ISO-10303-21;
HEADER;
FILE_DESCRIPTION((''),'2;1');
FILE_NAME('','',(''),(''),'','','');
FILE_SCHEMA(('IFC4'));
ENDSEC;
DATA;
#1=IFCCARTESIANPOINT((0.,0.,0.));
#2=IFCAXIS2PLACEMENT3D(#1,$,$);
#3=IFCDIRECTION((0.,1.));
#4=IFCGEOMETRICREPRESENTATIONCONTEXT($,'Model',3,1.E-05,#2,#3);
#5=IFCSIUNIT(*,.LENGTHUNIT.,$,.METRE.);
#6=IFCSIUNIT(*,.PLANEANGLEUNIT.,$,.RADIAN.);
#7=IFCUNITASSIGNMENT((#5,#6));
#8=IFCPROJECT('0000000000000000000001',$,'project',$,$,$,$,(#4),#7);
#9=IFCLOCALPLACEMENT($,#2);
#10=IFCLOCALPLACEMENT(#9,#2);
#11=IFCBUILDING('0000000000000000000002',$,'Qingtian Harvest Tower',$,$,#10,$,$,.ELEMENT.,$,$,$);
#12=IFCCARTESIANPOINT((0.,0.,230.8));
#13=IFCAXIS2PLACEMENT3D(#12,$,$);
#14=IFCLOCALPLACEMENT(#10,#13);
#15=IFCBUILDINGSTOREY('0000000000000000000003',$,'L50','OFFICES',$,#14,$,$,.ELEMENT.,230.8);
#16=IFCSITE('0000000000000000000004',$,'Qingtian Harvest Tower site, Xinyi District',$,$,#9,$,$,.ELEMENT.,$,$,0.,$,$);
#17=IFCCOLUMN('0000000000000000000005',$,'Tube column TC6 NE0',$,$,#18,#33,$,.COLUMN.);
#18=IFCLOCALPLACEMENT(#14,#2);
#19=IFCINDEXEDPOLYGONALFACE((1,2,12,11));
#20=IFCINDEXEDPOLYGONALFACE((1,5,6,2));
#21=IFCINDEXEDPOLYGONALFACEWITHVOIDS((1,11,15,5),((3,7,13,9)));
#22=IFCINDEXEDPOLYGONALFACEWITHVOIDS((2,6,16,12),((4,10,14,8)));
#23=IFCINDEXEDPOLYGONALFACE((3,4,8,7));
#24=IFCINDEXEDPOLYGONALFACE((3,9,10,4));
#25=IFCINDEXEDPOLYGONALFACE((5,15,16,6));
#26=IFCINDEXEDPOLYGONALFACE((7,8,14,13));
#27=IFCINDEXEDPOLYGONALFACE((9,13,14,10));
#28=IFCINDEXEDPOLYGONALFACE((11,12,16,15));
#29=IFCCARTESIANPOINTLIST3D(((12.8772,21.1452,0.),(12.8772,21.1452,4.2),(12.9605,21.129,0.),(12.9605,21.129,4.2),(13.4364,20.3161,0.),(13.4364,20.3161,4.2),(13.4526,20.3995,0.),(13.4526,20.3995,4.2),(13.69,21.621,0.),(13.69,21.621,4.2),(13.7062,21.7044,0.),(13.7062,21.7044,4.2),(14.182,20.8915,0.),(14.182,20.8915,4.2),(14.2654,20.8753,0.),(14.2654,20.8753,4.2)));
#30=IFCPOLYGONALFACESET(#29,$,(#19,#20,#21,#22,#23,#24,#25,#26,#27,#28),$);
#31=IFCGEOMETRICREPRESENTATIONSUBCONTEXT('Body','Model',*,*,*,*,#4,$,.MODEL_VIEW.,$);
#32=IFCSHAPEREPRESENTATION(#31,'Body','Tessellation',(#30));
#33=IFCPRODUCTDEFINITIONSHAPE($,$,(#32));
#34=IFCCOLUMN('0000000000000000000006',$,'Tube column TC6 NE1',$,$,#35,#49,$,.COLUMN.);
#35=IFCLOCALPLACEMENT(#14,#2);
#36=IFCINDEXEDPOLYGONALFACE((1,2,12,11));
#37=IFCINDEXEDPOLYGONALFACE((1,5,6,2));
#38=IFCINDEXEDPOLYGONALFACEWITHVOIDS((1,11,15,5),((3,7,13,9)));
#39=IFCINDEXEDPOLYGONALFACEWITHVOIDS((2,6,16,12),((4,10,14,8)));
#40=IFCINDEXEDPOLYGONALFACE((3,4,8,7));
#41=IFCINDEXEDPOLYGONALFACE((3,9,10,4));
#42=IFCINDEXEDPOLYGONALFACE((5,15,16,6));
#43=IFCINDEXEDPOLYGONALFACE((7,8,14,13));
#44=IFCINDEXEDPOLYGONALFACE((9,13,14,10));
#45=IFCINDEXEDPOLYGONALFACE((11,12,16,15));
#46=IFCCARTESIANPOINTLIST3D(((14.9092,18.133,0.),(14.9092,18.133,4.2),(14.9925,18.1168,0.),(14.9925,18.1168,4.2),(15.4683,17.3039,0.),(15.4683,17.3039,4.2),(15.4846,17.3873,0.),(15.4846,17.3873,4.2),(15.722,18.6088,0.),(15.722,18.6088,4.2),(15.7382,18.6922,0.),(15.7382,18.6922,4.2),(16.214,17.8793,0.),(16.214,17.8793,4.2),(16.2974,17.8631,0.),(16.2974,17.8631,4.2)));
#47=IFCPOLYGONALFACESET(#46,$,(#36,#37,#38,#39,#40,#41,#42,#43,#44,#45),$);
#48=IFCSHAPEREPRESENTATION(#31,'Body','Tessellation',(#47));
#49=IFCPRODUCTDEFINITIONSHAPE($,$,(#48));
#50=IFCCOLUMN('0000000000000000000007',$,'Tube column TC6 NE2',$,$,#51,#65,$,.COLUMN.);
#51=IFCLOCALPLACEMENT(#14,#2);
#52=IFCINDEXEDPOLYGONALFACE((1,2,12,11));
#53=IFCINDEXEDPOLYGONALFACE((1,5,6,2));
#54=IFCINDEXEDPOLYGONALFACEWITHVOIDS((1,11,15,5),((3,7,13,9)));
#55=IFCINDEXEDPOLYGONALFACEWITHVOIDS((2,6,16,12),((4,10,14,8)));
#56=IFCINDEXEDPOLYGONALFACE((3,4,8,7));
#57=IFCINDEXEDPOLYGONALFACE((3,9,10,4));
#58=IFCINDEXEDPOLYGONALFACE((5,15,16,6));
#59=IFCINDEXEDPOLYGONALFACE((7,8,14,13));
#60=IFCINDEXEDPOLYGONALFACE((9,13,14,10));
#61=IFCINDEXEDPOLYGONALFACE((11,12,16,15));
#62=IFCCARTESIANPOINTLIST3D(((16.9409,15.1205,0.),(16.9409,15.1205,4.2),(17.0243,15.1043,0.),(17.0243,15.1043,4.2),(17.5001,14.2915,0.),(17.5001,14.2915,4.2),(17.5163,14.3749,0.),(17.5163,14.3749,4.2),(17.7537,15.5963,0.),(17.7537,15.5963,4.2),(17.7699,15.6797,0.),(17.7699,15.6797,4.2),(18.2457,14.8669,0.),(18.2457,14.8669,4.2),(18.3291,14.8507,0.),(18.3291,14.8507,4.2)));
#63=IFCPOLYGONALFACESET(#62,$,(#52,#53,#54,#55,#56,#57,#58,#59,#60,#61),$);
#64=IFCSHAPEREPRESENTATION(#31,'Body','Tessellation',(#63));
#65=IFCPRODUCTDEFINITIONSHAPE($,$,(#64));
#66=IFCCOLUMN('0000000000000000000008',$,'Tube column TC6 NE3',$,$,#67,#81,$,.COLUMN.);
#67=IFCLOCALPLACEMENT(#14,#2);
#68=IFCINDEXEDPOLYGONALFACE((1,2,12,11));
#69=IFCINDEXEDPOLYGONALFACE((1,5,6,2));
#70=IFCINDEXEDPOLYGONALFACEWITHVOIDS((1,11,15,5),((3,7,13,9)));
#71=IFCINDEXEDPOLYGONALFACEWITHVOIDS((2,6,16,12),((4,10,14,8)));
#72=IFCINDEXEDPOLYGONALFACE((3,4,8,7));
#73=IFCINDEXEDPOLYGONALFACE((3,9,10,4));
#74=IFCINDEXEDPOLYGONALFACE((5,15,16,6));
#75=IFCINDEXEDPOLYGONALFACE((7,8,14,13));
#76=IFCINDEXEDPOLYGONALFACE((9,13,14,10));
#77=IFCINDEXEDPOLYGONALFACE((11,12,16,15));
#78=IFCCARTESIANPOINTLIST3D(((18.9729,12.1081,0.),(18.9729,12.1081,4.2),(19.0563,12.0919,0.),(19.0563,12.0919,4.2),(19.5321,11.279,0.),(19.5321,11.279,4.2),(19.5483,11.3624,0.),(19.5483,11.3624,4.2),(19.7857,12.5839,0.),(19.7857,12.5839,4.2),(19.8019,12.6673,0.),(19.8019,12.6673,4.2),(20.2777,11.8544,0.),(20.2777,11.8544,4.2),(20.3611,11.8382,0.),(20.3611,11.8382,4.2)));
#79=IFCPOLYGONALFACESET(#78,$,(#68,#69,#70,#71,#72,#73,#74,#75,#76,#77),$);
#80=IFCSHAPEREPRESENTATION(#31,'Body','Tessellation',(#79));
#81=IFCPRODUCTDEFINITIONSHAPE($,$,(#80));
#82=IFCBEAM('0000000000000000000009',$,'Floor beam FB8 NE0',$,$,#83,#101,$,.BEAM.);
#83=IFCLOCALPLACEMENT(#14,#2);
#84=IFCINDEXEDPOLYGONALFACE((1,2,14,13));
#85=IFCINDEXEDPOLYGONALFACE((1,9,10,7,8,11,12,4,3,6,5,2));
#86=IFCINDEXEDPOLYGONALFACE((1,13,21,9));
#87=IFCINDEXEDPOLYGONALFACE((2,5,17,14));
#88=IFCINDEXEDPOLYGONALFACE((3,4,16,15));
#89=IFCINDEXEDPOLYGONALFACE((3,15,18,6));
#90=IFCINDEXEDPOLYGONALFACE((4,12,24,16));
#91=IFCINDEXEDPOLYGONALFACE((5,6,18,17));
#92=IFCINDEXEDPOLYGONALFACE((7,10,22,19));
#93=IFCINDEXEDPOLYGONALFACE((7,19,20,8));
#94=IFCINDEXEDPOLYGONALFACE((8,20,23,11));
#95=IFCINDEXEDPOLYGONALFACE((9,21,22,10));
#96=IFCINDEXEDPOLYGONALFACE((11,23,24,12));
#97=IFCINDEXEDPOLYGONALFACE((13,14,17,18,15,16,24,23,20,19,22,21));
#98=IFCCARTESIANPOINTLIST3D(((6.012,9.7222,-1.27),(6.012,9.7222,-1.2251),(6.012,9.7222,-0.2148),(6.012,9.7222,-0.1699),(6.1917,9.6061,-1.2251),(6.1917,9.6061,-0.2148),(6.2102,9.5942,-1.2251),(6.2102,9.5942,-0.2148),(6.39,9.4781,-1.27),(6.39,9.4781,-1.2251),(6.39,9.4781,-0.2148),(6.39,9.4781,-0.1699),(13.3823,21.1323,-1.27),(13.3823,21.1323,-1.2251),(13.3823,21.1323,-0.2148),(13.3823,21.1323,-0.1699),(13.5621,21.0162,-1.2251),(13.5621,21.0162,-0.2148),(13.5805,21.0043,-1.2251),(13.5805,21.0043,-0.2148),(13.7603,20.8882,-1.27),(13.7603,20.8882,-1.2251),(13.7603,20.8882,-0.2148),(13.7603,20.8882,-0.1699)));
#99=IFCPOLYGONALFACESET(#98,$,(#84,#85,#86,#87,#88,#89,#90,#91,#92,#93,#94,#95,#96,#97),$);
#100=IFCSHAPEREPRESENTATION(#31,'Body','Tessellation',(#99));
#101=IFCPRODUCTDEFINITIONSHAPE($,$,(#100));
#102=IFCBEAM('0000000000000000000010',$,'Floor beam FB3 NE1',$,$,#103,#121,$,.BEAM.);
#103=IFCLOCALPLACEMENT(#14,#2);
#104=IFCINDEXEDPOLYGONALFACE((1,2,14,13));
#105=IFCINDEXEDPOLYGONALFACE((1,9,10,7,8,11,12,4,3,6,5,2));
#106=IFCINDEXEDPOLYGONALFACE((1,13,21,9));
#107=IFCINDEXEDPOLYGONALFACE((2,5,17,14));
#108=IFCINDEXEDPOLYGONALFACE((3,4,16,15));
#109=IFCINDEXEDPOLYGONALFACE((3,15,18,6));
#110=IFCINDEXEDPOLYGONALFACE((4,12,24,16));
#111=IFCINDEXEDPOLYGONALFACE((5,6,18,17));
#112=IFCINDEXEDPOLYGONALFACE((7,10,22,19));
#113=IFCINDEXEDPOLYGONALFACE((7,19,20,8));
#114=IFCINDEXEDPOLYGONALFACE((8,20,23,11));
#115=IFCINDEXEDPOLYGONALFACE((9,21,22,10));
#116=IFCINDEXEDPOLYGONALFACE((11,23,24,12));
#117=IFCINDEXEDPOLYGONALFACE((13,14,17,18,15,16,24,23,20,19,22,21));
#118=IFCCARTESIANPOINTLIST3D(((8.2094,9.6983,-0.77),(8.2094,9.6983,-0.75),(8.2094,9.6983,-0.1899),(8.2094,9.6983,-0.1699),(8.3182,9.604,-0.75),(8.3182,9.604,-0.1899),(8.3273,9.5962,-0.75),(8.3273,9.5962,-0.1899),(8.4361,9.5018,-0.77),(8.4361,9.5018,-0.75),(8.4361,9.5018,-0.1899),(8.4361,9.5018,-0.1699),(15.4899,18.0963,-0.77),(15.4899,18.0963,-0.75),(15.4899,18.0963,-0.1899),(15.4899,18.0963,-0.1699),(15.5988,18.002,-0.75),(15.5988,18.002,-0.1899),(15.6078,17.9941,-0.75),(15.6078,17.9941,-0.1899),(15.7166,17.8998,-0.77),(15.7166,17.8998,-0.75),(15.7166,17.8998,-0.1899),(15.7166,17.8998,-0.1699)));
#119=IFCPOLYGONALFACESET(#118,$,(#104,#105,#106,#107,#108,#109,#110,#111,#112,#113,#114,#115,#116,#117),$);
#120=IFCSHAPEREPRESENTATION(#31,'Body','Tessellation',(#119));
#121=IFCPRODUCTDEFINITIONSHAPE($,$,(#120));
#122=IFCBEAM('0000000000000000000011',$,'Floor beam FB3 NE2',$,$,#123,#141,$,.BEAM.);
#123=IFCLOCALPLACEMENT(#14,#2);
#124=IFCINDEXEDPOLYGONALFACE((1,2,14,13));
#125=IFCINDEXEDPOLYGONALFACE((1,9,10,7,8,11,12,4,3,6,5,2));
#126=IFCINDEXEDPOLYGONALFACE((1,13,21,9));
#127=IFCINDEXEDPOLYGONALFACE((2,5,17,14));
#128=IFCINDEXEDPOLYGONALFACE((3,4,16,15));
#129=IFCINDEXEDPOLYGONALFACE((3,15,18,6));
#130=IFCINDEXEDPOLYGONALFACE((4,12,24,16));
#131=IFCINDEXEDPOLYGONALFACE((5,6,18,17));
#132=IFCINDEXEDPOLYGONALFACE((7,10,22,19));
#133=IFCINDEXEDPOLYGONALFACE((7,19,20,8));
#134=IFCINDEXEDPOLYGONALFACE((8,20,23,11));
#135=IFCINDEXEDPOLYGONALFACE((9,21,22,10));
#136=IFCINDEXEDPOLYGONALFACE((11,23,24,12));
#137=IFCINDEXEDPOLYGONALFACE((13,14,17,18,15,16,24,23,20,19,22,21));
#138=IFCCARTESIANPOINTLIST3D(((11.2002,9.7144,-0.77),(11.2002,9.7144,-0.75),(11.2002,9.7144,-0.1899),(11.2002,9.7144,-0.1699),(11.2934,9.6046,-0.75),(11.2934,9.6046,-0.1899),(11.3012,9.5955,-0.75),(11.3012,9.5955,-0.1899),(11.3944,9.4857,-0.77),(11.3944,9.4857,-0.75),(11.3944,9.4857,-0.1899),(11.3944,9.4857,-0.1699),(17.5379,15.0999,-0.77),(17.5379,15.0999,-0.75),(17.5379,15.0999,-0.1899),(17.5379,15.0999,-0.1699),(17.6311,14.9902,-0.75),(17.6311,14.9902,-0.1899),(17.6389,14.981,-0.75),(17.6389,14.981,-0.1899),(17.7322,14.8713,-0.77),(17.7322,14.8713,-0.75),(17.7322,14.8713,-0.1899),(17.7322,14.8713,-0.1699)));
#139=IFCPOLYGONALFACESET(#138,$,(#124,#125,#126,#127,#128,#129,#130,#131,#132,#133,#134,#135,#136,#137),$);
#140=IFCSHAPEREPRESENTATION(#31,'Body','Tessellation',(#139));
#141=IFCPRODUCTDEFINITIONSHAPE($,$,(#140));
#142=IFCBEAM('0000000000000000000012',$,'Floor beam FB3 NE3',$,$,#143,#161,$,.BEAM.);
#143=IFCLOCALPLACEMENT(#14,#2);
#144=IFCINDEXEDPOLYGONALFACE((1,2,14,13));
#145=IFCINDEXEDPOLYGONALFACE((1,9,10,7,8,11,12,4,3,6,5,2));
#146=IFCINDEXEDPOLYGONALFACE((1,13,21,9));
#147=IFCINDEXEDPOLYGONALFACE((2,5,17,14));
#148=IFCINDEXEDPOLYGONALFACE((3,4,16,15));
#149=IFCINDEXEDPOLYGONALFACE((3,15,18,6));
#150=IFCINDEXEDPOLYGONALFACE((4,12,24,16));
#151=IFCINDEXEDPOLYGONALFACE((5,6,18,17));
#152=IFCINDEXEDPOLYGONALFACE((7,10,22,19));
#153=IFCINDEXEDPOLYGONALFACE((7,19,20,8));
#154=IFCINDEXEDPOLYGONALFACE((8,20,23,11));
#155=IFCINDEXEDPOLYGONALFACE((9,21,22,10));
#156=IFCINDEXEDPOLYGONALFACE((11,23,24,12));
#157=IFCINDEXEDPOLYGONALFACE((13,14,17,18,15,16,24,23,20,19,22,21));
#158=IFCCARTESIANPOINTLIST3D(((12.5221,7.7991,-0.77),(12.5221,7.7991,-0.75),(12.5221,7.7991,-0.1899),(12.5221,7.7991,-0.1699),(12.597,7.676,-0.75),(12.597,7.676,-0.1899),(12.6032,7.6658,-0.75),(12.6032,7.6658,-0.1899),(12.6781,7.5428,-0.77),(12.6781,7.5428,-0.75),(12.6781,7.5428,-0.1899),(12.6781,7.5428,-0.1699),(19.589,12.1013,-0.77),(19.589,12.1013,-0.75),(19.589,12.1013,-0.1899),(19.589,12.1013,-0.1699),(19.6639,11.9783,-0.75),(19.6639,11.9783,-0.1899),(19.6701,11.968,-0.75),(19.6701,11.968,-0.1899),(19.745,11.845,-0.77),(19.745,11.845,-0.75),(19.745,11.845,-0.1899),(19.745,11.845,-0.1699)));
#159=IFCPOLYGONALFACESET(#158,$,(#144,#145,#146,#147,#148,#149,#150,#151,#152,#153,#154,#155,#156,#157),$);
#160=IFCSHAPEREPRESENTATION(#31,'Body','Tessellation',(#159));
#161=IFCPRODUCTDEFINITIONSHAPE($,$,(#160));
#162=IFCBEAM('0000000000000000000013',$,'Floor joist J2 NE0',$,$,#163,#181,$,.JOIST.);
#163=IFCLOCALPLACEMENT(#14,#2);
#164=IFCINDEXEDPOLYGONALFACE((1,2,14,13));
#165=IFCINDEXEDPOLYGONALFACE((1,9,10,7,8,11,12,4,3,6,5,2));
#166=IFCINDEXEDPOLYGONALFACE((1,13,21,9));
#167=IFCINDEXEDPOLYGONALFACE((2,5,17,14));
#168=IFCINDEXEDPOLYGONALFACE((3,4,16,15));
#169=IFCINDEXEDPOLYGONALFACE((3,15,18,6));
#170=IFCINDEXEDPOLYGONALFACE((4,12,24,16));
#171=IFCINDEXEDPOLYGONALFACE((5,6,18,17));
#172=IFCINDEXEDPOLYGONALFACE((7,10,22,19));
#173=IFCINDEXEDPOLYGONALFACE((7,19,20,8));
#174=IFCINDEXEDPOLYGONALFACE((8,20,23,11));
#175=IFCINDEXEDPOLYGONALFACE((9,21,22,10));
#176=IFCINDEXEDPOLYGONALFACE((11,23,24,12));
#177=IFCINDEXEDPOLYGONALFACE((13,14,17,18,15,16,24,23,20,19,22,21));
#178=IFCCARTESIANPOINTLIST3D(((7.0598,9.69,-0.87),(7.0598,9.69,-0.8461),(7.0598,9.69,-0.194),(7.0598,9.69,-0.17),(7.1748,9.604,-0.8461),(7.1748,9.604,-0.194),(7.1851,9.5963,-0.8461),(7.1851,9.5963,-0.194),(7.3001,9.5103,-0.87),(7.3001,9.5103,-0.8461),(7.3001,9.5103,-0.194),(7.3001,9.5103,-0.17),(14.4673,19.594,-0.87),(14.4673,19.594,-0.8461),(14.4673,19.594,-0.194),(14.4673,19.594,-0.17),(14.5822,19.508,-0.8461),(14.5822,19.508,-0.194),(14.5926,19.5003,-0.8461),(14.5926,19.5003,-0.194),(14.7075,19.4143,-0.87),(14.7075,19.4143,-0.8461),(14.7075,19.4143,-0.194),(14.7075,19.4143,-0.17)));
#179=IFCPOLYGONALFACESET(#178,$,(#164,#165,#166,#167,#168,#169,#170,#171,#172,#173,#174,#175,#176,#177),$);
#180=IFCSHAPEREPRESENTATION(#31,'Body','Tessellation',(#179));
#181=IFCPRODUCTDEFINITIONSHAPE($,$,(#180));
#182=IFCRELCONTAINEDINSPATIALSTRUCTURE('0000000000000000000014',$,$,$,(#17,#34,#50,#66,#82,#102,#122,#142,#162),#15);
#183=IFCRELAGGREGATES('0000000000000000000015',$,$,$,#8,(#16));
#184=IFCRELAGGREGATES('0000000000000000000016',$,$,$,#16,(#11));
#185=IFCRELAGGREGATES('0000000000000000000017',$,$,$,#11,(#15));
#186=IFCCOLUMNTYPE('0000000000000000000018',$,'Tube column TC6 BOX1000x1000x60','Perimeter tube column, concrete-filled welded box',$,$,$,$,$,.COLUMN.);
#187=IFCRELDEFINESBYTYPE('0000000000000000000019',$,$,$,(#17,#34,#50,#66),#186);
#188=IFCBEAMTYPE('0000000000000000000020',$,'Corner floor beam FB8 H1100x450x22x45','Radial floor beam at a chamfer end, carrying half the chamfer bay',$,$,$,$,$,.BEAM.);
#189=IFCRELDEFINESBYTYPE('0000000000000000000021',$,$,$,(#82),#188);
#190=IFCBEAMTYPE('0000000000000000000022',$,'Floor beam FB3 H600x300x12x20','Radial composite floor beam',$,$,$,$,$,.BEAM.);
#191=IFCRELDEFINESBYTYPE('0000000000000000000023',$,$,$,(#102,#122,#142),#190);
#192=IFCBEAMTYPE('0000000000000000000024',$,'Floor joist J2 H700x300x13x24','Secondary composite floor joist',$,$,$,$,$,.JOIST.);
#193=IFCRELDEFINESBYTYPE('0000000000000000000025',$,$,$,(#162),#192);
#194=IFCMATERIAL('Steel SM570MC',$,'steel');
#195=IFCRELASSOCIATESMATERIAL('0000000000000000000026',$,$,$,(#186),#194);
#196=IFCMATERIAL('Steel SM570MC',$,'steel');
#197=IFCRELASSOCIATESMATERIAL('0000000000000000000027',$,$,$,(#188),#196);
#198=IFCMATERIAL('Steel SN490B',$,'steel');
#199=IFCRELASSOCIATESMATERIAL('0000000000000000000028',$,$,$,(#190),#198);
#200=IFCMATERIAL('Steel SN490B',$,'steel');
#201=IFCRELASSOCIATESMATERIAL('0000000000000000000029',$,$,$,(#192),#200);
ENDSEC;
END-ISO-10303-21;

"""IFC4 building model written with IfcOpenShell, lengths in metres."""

from ifc_helpers import new_model, si_unit, direction, frame, origin, origin_2d, place, context, subcontext, project, spatial, hollow_rectangle, i_section, extrude, material, material_profile, profile_set, type_object, element, save


model = new_model("IFC4")

# Units and contexts
model_context = context("Model", 3, precision=1e-05, world=origin(), true_north=direction((0.0, 1.0)))
body_context = subcontext(model_context, "Body", "Model", "MODEL_VIEW")
ifc_project = project(units=[si_unit("LENGTHUNIT", "METRE"), si_unit("PLANEANGLEUNIT", "RADIAN")], contexts=[model_context])

# Site, building, storey
site_placement = place(None, origin())
site = spatial("IfcSite", under=ifc_project, at=site_placement, Name="Qingtian Harvest Tower site, Xinyi District", CompositionType="ELEMENT", RefElevation=0.0)
building_placement = place(site_placement, origin())
building = spatial("IfcBuilding", under=site, at=building_placement, Name="Qingtian Harvest Tower", CompositionType="ELEMENT")
storey_placement = place(building_placement, frame((0.0, 0.0, 230.8)))
storey = spatial("IfcBuildingStorey", under=building, at=storey_placement, Name="L50", Description="OFFICES", CompositionType="ELEMENT", Elevation=230.8)

# Columns
ifc_material_1 = material(Name="Steel SM570MC", Category="steel")
ifc_material_profile_1 = material_profile(ifc_material_1, hollow_rectangle(XDim=1.0, YDim=1.0, WallThickness=0.0601, at=origin_2d()), Name="BOX1000x1000x60")
ifc_profile_set_1 = profile_set([ifc_material_profile_1], Name="Steel SM570MC")
column_type = type_object("IfcColumnType", Name="Tube column TC6 BOX1000x1000x60", Description="Perimeter tube column, concrete-filled welded box", PredefinedType="COLUMN", material=ifc_profile_set_1)
for number, where, z_axis, x_axis, name in (
    (1, (13.5713, 21.0103, 0.0), (0.0, 0.0, 1.0), (-0.559193, 0.829038, 0.0), "Tube column TC6 NE0"),
    (2, (15.6033, 17.998, 0.0), (0.0, 0.0, 1.0), (-0.559193, 0.829038, 0.0), "Tube column TC6 NE1"),
    (3, (17.635, 14.9856, 0.0), (0.0, 0.0, 1.0), (-0.559193, 0.829038, 0.0), "Tube column TC6 NE2"),
    (4, (19.667, 11.9731, 0.0), (0.0, 0.0, 1.0), (-0.559193, 0.829038, 0.0), "Tube column TC6 NE3"),
):
    element("IfcColumn", number, at=place(storey_placement, frame(where, z_axis=z_axis, x_axis=x_axis)), inside=storey, type_object=column_type, Name=name, PredefinedType="COLUMN", context=body_context, shape_type="SweptSolid", body=[
        extrude(hollow_rectangle(XDim=1.0, YDim=1.0, WallThickness=0.0601, at=origin_2d()), origin(), (0.0, 0.0, 1.0), 4.2),
    ])

# Beams
ifc_material_2 = material(Name="Steel SM570MC", Category="steel")
ifc_material_profile_2 = material_profile(ifc_material_2, i_section(OverallWidth=0.45, OverallDepth=1.1001, WebThickness=0.022, FlangeThickness=0.0449, at=origin_2d()), Name="H1100x450x22x45")
ifc_profile_set_2 = profile_set([ifc_material_profile_2], Name="Steel SM570MC")
beam_type_1 = type_object("IfcBeamType", Name="Corner floor beam FB8 H1100x450x22x45", Description="Radial floor beam at a chamfer end, carrying half the chamfer bay", PredefinedType="BEAM", material=ifc_profile_set_2)
beam_1_placement = place(storey_placement, frame((13.5713, 21.0103, -0.72), z_axis=(-0.542593, -0.839996, 0.0), x_axis=(0.839996, -0.542593, 0.0)))
element("IfcBeam", 5, at=beam_1_placement, inside=storey, type_object=beam_type_1, Name="Floor beam FB8 NE0", PredefinedType="BEAM", context=body_context, shape_type="SweptSolid", body=[
    extrude(i_section(OverallWidth=0.45, OverallDepth=1.1001, WebThickness=0.022, FlangeThickness=0.0449, at=origin_2d()), origin(), (0.0, 0.0, 1.0), 13.5835),
])
ifc_material_3 = material(Name="Steel SN490B", Category="steel")
ifc_material_profile_3 = material_profile(ifc_material_3, i_section(OverallWidth=0.3, OverallDepth=0.6001, WebThickness=0.012, FlangeThickness=0.02, at=origin_2d()), Name="H600x300x12x20")
ifc_profile_set_3 = profile_set([ifc_material_profile_3], Name="Steel SN490B")
beam_type_2 = type_object("IfcBeamType", Name="Floor beam FB3 H600x300x12x20", Description="Radial composite floor beam", PredefinedType="BEAM", material=ifc_profile_set_3)
beam_2_placement = place(storey_placement, frame((15.6033, 17.998, -0.47), z_axis=(-0.655048, -0.755587, 0.0), x_axis=(0.755587, -0.655048, 0.0)))
element("IfcBeam", 6, at=beam_2_placement, inside=storey, type_object=beam_type_2, Name="Floor beam FB3 NE1", PredefinedType="BEAM", context=body_context, shape_type="SweptSolid", body=[
    extrude(i_section(OverallWidth=0.3, OverallDepth=0.6001, WebThickness=0.012, FlangeThickness=0.02, at=origin_2d()), origin(), (0.0, 0.0, 1.0), 11.1145),
])
beam_3_placement = place(storey_placement, frame((17.635, 14.9856, -0.47), z_axis=(-0.762028, -0.647544, 0.0), x_axis=(0.647544, -0.762028, 0.0)))
element("IfcBeam", 7, at=beam_3_placement, inside=storey, type_object=beam_type_2, Name="Floor beam FB3 NE2", PredefinedType="BEAM", context=body_context, shape_type="SweptSolid", body=[
    extrude(i_section(OverallWidth=0.3, OverallDepth=0.6001, WebThickness=0.012, FlangeThickness=0.02, at=origin_2d()), origin(), (0.0, 0.0, 1.0), 8.3169),
])
beam_4_placement = place(storey_placement, frame((19.667, 11.9731, -0.47), z_axis=(-0.854163, -0.520005, 0.0), x_axis=(0.520005, -0.854163, 0.0)))
element("IfcBeam", 8, at=beam_4_placement, inside=storey, type_object=beam_type_2, Name="Floor beam FB3 NE3", PredefinedType="BEAM", context=body_context, shape_type="SweptSolid", body=[
    extrude(i_section(OverallWidth=0.3, OverallDepth=0.6001, WebThickness=0.012, FlangeThickness=0.02, at=origin_2d()), origin(), (0.0, 0.0, 1.0), 8.2734),
])
ifc_material_4 = material(Name="Steel SN490B", Category="steel")
ifc_material_profile_4 = material_profile(ifc_material_4, i_section(OverallWidth=0.3, OverallDepth=0.7, WebThickness=0.0129, FlangeThickness=0.0239, at=origin_2d()), Name="H700x300x13x24")
ifc_profile_set_4 = profile_set([ifc_material_profile_4], Name="Steel SN490B")
beam_type_3 = type_object("IfcBeamType", Name="Floor joist J2 H700x300x13x24", Description="Secondary composite floor joist", PredefinedType="JOIST", material=ifc_profile_set_4)
beam_5_placement = place(storey_placement, frame((14.5874, 19.5042, -0.52), z_axis=(-0.598935, -0.800798, 0.0), x_axis=(0.800798, -0.598935, 0.0)))
element("IfcBeam", 9, at=beam_5_placement, inside=storey, type_object=beam_type_3, Name="Floor joist J2 NE0", PredefinedType="JOIST", context=body_context, shape_type="SweptSolid", body=[
    extrude(i_section(OverallWidth=0.3, OverallDepth=0.7, WebThickness=0.0129, FlangeThickness=0.0239, at=origin_2d()), origin(), (0.0, 0.0, 1.0), 12.3677),
])

save(model, "model.ifc")
